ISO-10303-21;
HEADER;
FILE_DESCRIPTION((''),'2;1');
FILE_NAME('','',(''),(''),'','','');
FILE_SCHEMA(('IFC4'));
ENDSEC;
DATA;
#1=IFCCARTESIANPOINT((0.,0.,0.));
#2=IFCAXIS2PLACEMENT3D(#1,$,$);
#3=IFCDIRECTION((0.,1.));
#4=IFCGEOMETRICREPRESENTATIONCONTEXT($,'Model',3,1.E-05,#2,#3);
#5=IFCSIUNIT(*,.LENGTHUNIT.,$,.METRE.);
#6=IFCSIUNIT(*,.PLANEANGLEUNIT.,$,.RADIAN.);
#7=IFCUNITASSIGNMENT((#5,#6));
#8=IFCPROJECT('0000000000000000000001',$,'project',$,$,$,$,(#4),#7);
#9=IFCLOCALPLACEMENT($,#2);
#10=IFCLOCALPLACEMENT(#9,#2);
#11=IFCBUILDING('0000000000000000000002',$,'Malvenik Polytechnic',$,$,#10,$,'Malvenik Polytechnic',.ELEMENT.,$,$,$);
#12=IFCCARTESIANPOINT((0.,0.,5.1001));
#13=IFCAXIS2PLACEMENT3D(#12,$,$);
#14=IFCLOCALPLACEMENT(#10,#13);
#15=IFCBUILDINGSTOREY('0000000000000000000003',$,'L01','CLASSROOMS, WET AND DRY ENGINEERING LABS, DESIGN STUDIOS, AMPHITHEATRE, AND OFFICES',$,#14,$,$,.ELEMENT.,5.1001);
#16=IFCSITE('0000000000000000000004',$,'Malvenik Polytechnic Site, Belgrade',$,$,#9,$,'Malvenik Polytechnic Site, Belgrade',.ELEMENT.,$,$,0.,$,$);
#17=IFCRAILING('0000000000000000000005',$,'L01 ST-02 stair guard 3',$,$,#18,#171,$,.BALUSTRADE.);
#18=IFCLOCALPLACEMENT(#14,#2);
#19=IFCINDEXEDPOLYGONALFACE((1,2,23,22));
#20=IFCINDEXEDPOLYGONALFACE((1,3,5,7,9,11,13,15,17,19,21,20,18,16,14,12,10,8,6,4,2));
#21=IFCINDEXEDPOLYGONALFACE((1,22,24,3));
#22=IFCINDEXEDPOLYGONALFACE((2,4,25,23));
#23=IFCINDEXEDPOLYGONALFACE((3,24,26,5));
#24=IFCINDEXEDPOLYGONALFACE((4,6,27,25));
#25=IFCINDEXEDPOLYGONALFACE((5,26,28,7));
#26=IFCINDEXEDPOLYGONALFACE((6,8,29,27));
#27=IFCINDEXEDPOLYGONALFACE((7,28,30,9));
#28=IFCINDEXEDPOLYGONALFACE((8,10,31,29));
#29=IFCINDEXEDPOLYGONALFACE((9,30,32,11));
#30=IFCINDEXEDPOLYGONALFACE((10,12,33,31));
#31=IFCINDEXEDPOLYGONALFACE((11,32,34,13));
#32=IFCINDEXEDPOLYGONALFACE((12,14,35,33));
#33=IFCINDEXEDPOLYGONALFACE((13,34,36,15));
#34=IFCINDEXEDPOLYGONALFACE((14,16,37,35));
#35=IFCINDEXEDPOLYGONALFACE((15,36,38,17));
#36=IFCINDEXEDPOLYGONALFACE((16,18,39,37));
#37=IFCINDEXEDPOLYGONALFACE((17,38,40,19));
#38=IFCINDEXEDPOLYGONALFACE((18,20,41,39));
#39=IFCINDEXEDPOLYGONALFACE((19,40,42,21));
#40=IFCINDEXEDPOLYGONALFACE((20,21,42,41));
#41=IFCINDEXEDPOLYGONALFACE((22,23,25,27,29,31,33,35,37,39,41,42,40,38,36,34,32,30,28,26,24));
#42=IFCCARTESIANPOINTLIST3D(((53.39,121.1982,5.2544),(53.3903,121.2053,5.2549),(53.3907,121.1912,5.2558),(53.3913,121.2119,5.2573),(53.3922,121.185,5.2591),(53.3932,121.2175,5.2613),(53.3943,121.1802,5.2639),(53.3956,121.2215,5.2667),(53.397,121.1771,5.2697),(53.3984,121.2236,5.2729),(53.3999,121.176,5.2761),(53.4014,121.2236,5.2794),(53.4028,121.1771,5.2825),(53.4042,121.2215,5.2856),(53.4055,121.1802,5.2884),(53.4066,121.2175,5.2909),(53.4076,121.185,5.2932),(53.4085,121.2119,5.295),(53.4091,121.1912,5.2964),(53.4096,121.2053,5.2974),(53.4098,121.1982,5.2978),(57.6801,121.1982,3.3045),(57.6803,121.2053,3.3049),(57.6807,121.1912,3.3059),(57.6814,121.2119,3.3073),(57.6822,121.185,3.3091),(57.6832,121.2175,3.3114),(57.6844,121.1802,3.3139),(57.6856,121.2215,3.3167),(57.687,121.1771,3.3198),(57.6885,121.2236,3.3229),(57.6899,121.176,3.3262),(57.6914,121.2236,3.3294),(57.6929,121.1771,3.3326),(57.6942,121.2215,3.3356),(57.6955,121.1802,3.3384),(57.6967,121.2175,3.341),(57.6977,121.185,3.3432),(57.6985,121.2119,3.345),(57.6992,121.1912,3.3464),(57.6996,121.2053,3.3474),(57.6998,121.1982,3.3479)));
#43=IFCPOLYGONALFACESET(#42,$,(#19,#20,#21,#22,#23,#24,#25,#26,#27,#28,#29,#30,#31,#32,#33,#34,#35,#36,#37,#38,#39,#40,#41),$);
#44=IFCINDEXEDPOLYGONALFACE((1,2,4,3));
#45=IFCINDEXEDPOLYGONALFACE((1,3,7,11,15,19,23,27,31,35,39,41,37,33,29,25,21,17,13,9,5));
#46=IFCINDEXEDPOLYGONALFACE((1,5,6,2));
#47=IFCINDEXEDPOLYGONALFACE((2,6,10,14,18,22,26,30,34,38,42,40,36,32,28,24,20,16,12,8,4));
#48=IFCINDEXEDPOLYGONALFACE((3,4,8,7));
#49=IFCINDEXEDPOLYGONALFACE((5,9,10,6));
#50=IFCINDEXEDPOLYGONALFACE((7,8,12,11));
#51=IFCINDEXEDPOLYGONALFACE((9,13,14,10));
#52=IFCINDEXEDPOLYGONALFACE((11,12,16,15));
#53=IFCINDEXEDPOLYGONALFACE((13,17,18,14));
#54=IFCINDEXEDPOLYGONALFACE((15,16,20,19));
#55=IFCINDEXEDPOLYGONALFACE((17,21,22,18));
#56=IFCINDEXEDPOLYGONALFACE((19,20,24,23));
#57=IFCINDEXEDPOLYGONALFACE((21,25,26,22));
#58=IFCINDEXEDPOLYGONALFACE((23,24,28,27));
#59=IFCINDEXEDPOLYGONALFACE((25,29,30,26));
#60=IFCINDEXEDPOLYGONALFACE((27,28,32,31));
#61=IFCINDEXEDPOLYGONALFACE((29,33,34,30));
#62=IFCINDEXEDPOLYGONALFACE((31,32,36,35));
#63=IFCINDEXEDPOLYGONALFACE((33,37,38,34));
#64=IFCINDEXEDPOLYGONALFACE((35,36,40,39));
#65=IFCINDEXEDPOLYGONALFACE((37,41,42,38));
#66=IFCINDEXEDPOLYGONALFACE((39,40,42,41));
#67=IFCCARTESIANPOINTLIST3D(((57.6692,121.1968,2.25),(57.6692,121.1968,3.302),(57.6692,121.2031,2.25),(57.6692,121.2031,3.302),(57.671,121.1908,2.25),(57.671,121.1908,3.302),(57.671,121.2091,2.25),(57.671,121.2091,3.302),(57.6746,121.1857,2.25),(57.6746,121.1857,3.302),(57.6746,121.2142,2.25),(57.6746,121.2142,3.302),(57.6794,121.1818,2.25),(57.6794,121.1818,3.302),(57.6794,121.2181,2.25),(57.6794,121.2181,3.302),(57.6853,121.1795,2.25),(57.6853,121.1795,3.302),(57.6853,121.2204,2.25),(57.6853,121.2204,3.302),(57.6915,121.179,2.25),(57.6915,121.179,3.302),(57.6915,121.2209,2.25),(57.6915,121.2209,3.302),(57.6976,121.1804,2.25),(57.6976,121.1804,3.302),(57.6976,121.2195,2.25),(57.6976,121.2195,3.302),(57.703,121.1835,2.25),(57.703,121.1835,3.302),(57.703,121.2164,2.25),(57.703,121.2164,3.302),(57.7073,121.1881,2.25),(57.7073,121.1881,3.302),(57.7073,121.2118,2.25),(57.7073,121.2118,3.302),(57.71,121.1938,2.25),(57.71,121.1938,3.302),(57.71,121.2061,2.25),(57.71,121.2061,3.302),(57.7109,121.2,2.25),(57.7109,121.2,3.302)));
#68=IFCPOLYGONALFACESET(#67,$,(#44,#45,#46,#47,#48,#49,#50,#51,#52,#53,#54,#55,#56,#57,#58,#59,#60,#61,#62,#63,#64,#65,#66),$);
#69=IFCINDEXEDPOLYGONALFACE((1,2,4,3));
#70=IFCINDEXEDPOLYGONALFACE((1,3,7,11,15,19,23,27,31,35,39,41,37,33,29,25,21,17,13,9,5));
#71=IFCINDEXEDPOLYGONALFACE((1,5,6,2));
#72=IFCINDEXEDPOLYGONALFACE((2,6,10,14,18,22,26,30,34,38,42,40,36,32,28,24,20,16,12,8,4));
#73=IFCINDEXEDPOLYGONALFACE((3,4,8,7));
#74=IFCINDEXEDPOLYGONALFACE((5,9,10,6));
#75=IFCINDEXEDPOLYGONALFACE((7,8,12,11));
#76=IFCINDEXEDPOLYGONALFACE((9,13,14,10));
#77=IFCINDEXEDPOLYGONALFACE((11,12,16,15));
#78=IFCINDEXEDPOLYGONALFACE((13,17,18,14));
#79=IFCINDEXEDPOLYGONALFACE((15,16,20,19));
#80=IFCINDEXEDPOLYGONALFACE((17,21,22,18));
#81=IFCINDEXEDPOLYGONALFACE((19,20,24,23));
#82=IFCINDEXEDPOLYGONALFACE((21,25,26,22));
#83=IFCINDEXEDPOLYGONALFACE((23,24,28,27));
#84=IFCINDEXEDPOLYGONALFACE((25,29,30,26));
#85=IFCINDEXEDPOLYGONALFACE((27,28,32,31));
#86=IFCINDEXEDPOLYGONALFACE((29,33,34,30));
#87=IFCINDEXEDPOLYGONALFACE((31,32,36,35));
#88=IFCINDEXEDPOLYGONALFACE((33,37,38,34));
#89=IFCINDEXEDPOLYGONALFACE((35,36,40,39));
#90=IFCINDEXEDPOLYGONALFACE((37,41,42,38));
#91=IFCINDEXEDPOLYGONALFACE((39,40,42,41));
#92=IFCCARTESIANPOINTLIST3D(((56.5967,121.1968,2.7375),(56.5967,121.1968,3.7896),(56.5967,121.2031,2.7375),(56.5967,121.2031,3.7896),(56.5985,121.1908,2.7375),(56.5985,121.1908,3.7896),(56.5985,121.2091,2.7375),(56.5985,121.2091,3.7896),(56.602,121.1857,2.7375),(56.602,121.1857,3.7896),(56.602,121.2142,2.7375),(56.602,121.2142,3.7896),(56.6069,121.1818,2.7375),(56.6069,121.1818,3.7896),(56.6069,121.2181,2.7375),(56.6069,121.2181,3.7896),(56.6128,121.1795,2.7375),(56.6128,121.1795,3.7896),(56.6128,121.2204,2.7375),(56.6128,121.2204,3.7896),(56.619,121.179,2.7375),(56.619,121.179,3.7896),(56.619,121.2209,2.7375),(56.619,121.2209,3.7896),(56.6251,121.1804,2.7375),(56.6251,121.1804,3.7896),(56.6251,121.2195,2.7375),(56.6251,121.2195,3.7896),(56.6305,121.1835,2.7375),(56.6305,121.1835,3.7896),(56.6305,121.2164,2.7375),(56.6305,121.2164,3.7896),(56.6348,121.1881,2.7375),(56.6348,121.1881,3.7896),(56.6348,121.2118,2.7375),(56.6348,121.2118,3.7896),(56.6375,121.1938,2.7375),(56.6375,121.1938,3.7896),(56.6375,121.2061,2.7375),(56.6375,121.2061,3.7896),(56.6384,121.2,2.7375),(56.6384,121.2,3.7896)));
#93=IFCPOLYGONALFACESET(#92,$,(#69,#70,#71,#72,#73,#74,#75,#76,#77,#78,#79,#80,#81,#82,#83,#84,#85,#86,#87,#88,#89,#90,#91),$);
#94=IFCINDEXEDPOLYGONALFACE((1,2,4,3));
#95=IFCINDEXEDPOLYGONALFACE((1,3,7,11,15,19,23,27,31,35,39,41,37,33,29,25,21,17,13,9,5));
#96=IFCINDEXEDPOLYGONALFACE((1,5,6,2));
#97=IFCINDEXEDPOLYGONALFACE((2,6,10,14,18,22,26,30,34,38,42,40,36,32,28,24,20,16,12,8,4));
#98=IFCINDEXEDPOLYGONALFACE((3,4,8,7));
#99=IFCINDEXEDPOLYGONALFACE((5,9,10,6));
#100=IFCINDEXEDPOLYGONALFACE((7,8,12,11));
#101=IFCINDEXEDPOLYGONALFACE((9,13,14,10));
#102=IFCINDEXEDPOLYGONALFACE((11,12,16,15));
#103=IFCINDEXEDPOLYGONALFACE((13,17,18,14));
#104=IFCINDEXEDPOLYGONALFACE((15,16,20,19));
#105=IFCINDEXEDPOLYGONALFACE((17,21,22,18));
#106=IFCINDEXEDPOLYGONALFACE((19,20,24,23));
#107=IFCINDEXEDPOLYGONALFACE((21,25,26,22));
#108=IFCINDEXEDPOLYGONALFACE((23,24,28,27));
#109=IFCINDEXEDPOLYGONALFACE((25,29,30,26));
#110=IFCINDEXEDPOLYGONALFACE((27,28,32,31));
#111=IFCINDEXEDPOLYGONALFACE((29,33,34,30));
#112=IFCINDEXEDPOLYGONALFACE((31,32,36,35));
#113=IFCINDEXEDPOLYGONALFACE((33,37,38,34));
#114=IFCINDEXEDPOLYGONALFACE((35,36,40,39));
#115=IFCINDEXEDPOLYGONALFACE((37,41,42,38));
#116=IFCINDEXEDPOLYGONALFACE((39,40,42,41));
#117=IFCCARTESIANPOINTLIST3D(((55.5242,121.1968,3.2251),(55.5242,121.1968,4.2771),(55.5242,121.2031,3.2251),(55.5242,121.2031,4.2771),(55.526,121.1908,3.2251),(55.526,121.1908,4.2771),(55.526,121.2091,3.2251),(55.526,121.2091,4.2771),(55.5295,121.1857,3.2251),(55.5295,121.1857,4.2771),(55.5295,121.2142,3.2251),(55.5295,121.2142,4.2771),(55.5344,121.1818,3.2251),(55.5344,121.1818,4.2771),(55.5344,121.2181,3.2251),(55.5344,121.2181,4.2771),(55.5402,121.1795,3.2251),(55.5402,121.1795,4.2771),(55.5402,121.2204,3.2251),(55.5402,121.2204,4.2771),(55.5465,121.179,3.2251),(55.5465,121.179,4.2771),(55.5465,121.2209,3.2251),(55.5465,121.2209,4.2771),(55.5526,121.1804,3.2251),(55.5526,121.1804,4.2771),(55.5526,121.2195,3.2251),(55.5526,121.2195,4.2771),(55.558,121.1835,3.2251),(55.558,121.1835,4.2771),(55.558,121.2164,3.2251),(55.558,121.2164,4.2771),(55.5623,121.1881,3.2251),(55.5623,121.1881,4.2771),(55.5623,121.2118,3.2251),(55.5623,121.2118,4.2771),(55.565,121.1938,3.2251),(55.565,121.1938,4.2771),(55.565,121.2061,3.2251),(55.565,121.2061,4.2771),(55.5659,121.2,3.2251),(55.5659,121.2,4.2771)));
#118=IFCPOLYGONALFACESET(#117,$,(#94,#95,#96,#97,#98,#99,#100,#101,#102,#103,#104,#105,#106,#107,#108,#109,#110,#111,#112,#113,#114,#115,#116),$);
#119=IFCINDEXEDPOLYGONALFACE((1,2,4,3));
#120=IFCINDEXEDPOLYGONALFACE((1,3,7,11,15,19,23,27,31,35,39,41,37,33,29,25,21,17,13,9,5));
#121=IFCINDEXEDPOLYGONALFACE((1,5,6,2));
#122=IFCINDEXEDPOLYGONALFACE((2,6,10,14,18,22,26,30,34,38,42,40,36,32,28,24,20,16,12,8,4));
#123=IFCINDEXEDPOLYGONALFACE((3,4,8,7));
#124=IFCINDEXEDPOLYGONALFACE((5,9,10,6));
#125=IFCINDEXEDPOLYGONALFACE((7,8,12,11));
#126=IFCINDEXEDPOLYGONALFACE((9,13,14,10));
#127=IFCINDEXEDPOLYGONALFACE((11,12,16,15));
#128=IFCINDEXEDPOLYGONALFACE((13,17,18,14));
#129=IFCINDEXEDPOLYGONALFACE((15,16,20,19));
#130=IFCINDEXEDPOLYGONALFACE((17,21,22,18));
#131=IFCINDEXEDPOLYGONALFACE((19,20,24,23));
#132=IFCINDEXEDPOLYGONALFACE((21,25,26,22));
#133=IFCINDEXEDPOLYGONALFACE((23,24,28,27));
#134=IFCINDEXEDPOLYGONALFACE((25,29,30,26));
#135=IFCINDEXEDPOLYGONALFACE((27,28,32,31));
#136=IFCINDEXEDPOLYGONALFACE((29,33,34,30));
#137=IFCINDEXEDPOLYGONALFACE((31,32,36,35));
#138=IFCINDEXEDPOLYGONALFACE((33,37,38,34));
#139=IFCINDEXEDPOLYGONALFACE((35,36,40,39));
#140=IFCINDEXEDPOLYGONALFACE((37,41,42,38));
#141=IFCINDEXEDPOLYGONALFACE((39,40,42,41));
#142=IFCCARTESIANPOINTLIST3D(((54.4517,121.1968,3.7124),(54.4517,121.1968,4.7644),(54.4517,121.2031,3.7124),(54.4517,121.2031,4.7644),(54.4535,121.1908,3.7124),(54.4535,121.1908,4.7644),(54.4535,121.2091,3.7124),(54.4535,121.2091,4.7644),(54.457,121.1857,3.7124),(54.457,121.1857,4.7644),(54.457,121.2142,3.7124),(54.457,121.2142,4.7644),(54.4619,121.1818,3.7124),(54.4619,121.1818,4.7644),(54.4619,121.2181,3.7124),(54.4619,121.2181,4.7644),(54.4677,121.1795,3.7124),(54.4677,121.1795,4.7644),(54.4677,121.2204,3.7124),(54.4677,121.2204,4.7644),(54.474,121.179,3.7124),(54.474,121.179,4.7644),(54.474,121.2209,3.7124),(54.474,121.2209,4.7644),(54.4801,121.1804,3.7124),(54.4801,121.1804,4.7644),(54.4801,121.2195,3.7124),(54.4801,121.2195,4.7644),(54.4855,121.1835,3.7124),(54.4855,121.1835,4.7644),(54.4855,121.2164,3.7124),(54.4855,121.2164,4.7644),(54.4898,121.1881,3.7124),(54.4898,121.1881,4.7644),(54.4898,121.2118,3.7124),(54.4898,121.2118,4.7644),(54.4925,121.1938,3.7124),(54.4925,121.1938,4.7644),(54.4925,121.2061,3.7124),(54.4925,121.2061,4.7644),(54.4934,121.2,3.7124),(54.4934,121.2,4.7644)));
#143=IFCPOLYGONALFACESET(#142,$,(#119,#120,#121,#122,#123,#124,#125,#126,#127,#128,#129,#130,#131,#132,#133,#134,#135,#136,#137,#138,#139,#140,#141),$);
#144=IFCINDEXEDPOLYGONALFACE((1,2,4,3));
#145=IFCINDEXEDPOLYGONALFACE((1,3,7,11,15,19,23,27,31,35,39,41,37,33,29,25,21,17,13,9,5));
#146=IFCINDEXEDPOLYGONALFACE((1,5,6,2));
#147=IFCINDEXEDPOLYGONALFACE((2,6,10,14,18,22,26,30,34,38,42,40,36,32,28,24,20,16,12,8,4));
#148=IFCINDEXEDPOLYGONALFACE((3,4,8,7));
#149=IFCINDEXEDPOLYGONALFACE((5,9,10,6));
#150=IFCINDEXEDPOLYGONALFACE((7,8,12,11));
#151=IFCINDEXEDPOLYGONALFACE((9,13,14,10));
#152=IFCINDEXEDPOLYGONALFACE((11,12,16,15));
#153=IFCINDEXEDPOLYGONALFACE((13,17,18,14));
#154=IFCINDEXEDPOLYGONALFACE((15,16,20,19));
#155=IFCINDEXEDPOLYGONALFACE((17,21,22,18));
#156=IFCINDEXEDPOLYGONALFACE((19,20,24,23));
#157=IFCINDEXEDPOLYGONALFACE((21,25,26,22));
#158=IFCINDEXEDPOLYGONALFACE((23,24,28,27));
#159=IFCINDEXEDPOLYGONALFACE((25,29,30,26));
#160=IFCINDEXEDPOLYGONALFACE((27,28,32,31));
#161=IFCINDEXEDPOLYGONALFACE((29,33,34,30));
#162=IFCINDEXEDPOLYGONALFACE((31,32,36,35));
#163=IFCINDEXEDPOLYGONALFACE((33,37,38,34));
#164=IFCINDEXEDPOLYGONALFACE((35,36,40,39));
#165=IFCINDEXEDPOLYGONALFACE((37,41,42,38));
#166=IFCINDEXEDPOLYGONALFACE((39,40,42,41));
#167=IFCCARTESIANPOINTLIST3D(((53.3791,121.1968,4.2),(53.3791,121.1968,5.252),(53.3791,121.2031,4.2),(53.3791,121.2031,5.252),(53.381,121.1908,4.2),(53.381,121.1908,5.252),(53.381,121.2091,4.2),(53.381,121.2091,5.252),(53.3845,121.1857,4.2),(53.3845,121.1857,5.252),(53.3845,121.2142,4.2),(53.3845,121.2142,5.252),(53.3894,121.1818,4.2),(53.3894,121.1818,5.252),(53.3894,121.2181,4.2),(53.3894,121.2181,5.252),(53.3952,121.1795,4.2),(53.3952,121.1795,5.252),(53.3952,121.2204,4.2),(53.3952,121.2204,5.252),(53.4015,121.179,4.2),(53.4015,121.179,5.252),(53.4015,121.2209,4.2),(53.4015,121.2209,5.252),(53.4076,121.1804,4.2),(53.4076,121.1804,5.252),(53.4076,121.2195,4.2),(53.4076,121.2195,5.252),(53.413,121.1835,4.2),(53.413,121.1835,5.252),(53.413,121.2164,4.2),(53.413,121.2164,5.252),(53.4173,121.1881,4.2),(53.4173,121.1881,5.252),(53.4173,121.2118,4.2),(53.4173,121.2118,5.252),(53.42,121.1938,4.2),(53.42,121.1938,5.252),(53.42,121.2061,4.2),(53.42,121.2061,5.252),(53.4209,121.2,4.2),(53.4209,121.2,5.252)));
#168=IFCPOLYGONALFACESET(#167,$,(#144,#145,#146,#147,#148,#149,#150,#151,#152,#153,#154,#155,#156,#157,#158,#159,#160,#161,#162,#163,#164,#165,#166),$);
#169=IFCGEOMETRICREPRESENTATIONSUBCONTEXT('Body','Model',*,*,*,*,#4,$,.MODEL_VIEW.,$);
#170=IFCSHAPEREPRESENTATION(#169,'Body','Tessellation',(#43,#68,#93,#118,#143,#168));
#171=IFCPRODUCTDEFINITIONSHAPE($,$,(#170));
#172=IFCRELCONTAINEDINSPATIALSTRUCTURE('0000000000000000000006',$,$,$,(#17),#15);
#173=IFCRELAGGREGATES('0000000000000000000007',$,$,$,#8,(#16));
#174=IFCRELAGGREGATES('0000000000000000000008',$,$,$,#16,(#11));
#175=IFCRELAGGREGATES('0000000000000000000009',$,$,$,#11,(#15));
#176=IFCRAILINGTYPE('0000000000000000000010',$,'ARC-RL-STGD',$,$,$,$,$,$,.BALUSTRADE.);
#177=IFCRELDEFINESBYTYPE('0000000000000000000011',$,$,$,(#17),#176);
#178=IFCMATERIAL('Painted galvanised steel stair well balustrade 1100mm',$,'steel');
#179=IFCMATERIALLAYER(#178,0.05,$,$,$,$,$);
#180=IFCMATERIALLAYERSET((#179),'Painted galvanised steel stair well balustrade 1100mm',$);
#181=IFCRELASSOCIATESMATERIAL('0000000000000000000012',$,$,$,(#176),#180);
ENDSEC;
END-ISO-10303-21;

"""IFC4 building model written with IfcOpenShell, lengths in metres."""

from ifc_helpers import new_model, si_unit, direction, frame, origin, origin_2d, place, context, subcontext, project, spatial, circle, extrude, material, layer, layer_set, type_object, element, save


model = new_model("IFC4")

# Units and contexts
model_context = context("Model", 3, precision=1e-05, world=origin(), true_north=direction((0.0, 1.0)))
body_context = subcontext(model_context, "Body", "Model", "MODEL_VIEW")
ifc_project = project(units=[si_unit("LENGTHUNIT", "METRE"), si_unit("PLANEANGLEUNIT", "RADIAN")], contexts=[model_context])

# Site, building, storey
site_placement = place(None, origin())
site = spatial("IfcSite", under=ifc_project, at=site_placement, Name="Malvenik Polytechnic Site, Belgrade", LongName="Malvenik Polytechnic Site, Belgrade", CompositionType="ELEMENT", RefElevation=0.0)
building_placement = place(site_placement, origin())
building = spatial("IfcBuilding", under=site, at=building_placement, Name="Malvenik Polytechnic", LongName="Malvenik Polytechnic", CompositionType="ELEMENT")
storey_placement = place(building_placement, frame((0.0, 0.0, 5.1001)))
storey = spatial("IfcBuildingStorey", under=building, at=storey_placement, Name="L01", Description="CLASSROOMS, WET AND DRY ENGINEERING LABS, DESIGN STUDIOS, AMPHITHEATRE, AND OFFICES", CompositionType="ELEMENT", Elevation=5.1001)

# Railing
ifc_material_1 = material(Name="Painted galvanised steel stair well balustrade 1100mm", Category="steel")
ifc_layer_1 = layer(ifc_material_1, 0.05)
ifc_layer_set_1 = layer_set([ifc_layer_1], Name="Painted galvanised steel stair well balustrade 1100mm")
railing_type_1 = type_object("IfcRailingType", Name="ARC-RL-STGD", PredefinedType="BALUSTRADE", material=ifc_layer_set_1)
railing_1_placement = place(storey_placement, frame((57.6899, 121.2, 2.25)))
element("IfcRailing", 1, at=railing_1_placement, inside=storey, type_object=railing_type_1, Name="L01 ST-02 stair guard 3", PredefinedType="BALUSTRADE", context=body_context, shape_type="SweptSolid", body=[
    extrude(circle(Radius=0.0239, at=origin_2d()), frame((0.0, 0.0, 1.0762), z_axis=(-0.910372, 0.0, 0.413791), x_axis=(0.0, -1.0, 0.0)), (0.0, 0.0, 1.0), 4.7124),
    extrude(circle(Radius=0.021, at=origin_2d()), origin(), (0.0, 0.0, 1.0), 1.052),
    extrude(circle(Radius=0.021, at=origin_2d()), frame((-1.0725, 0.0, 0.4875)), (0.0, 0.0, 1.0), 1.052),
    extrude(circle(Radius=0.021, at=origin_2d()), frame((-2.145, 0.0, 0.9751)), (0.0, 0.0, 1.0), 1.052),
    extrude(circle(Radius=0.021, at=origin_2d()), frame((-3.2175, 0.0, 1.4624)), (0.0, 0.0, 1.0), 1.052),
    extrude(circle(Radius=0.021, at=origin_2d()), frame((-4.29, 0.0, 1.95)), (0.0, 0.0, 1.0), 1.052),
])

save(model, "model.ifc")
